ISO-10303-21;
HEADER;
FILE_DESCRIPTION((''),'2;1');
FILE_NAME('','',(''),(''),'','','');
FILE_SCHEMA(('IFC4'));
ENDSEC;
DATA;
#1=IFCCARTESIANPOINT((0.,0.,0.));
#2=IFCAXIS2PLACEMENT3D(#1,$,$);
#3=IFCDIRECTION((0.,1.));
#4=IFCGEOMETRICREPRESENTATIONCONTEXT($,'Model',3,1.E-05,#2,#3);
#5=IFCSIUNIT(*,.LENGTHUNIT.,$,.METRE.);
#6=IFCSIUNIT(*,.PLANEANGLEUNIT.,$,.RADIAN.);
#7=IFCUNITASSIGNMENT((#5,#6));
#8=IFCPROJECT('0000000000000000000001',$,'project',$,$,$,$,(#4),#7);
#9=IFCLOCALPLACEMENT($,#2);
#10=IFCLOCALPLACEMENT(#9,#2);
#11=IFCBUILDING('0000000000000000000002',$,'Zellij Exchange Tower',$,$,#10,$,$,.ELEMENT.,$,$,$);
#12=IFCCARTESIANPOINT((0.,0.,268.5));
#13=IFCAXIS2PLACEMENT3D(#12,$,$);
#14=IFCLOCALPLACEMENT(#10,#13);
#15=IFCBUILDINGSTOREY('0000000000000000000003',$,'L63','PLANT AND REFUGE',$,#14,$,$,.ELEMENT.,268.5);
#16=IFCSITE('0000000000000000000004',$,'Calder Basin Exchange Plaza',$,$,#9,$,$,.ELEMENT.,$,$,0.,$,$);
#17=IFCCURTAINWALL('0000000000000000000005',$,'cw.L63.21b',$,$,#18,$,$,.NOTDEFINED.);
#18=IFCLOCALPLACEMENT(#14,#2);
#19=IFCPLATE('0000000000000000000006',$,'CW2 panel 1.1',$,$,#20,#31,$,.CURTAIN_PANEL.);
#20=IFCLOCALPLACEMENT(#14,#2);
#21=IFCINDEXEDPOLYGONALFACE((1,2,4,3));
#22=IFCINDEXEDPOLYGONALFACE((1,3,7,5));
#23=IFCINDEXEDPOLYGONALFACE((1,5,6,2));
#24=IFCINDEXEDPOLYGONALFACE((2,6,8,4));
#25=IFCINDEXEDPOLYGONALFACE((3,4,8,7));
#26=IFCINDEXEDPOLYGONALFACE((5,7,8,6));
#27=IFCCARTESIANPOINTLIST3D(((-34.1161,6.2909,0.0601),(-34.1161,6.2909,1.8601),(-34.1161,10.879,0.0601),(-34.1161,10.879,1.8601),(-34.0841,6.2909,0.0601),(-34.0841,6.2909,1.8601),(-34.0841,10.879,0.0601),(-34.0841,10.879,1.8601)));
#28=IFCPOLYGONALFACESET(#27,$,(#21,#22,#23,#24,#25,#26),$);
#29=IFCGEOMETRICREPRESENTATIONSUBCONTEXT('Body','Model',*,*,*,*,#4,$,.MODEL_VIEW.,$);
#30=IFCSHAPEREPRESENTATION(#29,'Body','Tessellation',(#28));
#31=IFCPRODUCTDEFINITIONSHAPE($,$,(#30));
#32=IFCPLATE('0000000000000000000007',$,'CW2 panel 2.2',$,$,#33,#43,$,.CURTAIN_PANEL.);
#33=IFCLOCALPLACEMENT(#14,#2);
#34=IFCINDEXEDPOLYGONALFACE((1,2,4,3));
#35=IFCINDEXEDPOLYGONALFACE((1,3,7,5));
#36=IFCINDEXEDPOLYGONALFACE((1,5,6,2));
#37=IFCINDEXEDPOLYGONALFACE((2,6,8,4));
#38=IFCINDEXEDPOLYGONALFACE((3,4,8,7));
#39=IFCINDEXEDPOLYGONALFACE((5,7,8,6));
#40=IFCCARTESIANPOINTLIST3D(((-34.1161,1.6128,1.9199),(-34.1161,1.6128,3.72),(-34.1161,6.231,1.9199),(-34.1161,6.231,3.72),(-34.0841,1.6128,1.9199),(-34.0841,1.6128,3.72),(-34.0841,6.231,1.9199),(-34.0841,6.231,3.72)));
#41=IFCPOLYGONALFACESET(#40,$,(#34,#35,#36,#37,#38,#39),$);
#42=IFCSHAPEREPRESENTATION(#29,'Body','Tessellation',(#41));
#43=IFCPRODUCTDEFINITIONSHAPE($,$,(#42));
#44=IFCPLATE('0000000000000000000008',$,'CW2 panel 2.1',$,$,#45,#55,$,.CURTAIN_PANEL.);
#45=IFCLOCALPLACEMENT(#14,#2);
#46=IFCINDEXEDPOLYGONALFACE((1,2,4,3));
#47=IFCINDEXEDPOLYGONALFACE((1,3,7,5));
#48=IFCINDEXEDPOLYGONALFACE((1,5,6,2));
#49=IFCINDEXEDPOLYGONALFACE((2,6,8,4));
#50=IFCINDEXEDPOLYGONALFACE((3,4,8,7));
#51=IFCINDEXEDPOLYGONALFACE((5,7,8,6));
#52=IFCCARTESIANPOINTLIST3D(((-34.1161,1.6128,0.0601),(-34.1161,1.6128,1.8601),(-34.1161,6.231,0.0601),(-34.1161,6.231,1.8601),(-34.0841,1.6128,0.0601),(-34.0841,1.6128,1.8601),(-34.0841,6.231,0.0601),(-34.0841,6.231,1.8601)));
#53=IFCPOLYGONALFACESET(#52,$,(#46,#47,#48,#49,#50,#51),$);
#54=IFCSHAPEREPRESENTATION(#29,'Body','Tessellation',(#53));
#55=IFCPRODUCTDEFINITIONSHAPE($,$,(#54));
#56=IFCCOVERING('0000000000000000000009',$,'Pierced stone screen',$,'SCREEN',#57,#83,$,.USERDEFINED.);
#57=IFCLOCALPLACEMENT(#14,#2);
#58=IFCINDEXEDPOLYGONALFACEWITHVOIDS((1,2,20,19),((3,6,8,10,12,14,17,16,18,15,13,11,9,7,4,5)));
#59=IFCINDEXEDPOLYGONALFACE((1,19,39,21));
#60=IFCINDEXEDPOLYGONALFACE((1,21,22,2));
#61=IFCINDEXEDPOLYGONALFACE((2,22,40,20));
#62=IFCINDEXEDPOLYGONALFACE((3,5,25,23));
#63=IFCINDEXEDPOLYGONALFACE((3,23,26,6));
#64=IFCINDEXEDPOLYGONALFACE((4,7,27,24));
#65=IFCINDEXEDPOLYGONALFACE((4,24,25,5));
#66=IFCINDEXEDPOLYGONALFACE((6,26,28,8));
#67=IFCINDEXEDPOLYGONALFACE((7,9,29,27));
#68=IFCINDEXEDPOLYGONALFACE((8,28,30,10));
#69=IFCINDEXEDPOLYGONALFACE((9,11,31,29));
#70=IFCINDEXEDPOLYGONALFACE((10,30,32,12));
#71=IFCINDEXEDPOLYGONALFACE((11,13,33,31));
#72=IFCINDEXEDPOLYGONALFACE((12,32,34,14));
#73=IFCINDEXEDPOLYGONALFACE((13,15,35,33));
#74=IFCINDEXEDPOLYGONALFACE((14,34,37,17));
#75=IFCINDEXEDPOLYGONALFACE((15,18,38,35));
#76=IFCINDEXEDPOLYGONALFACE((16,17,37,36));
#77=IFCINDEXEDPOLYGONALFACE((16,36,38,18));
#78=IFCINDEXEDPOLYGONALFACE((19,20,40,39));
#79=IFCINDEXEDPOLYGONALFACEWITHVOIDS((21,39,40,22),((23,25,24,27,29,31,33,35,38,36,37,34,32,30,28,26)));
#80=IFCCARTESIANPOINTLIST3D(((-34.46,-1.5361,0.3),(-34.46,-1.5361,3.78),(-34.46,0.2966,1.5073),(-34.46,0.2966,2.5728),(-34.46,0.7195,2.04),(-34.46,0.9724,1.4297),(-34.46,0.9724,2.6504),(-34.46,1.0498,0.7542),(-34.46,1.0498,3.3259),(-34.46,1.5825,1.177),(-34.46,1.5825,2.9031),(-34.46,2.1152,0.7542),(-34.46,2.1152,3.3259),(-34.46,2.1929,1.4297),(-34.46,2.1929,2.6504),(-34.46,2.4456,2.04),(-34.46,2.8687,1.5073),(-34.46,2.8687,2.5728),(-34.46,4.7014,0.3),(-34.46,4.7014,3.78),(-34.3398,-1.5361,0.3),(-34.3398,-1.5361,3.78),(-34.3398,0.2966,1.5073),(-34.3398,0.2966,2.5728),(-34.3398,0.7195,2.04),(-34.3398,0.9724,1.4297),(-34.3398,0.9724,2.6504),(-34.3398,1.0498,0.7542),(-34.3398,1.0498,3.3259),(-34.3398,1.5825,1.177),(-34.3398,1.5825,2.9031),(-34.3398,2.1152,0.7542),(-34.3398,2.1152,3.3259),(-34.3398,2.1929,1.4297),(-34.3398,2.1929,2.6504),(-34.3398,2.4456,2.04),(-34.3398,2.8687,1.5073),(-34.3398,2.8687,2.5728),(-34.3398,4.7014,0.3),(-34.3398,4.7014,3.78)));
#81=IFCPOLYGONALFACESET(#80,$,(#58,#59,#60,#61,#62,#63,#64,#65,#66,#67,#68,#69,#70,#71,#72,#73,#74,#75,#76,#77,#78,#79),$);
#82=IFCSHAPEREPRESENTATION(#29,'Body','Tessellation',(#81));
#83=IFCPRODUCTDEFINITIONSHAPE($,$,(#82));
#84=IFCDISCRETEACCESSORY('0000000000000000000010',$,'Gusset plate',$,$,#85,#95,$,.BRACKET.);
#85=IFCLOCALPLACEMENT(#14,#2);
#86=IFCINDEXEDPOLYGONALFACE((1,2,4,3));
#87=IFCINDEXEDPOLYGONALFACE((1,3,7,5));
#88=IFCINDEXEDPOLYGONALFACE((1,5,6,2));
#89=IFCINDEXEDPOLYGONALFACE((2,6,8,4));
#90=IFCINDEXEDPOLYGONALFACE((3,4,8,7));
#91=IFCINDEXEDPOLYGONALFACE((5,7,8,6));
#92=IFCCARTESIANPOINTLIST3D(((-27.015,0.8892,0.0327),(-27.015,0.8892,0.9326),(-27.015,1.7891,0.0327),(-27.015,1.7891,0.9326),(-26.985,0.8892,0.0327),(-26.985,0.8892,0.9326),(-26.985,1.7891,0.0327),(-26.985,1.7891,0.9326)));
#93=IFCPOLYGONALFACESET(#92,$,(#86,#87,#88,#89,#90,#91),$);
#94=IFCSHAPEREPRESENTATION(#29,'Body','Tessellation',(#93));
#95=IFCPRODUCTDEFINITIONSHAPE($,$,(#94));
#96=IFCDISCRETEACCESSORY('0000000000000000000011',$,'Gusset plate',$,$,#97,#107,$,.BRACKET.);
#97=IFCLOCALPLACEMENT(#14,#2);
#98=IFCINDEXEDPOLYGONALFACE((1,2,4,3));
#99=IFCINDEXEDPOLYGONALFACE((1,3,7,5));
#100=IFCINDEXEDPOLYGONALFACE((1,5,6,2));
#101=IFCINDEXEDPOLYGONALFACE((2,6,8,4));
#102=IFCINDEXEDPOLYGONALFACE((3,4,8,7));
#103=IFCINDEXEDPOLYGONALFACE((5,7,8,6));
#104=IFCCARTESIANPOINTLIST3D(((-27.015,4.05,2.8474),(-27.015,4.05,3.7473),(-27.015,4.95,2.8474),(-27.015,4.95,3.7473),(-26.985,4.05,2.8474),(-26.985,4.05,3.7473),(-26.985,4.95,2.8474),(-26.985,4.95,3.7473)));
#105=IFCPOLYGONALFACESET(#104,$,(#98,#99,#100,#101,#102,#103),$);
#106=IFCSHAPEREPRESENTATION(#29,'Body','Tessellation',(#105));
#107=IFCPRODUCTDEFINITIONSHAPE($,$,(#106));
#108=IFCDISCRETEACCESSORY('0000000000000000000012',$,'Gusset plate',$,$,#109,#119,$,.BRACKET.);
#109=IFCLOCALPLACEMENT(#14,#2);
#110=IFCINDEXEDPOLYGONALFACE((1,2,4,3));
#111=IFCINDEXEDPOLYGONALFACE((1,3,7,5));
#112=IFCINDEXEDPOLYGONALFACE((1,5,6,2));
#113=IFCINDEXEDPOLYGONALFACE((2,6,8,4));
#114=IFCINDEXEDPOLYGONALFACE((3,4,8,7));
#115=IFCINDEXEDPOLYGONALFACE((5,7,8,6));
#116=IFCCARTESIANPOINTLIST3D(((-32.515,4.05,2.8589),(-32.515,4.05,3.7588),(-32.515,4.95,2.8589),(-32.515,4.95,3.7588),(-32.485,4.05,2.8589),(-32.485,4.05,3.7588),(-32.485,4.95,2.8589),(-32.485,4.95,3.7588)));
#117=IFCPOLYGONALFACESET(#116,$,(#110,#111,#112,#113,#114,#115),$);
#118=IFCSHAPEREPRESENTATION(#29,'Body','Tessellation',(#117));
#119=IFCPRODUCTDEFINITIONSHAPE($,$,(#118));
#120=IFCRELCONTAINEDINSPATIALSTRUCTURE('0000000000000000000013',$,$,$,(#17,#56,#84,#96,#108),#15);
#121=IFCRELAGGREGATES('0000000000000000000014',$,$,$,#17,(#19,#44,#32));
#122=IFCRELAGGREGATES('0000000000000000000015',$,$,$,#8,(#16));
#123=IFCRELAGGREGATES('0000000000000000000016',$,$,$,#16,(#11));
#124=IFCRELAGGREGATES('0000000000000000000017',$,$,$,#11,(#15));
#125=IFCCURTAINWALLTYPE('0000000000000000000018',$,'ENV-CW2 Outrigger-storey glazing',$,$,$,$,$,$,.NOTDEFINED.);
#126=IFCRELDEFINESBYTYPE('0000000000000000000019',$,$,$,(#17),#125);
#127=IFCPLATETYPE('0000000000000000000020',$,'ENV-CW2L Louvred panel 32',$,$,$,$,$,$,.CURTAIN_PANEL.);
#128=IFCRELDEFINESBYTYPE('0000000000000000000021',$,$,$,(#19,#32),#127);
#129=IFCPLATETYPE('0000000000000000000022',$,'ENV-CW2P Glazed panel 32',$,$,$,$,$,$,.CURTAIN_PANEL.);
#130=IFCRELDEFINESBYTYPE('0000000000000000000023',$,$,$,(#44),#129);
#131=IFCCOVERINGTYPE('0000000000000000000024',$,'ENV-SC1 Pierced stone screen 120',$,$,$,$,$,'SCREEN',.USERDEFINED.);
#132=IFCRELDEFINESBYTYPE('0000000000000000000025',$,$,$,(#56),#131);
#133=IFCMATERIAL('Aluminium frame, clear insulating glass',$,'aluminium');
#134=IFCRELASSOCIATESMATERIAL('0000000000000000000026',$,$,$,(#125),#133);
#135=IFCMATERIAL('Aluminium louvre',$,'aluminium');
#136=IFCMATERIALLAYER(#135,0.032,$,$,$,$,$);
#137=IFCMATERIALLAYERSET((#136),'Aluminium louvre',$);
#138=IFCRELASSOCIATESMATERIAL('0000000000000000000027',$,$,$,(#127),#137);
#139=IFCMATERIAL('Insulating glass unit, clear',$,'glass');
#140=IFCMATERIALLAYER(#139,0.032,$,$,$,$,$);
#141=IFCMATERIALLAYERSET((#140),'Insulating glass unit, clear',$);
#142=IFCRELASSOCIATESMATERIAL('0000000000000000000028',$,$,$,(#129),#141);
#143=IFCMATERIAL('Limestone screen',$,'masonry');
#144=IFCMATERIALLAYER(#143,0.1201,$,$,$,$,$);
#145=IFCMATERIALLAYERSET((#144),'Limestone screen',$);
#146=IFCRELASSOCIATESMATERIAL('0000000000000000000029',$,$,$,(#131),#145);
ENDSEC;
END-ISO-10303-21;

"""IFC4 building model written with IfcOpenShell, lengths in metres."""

from ifc_helpers import new_model, si_unit, direction, frame, origin, origin_2d, place, context, subcontext, project, spatial, polyline, rectangle, outline, extrude, material, layer, layer_set, type_object, element, aggregate, save


model = new_model("IFC4")

# Units and contexts
model_context = context("Model", 3, precision=1e-05, world=origin(), true_north=direction((0.0, 1.0)))
body_context = subcontext(model_context, "Body", "Model", "MODEL_VIEW")
ifc_project = project(units=[si_unit("LENGTHUNIT", "METRE"), si_unit("PLANEANGLEUNIT", "RADIAN")], contexts=[model_context])

# Site, building, storey
site_placement = place(None, origin())
site = spatial("IfcSite", under=ifc_project, at=site_placement, Name="Calder Basin Exchange Plaza", CompositionType="ELEMENT", RefElevation=0.0)
building_placement = place(site_placement, origin())
building = spatial("IfcBuilding", under=site, at=building_placement, Name="Zellij Exchange Tower", CompositionType="ELEMENT")
storey_placement = place(building_placement, frame((0.0, 0.0, 268.5)))
storey = spatial("IfcBuildingStorey", under=building, at=storey_placement, Name="L63", Description="PLANT AND REFUGE", CompositionType="ELEMENT", Elevation=268.5)

# Curtain wall
ifc_material_1 = material(Name="Aluminium frame, clear insulating glass", Category="aluminium")
curtain_wall_type = type_object("IfcCurtainWallType", Name="ENV-CW2 Outrigger-storey glazing", PredefinedType="NOTDEFINED", material=ifc_material_1)
curtain_wall_placement = place(storey_placement, origin())
curtain_wall = element("IfcCurtainWall", 1, at=curtain_wall_placement, inside=storey, type_object=curtain_wall_type, Name="cw.L63.21b", PredefinedType="NOTDEFINED")

# Plates
ifc_material_2 = material(Name="Aluminium louvre", Category="aluminium")
ifc_layer_1 = layer(ifc_material_2, 0.032)
ifc_layer_set_1 = layer_set([ifc_layer_1], Name="Aluminium louvre")
plate_type_1 = type_object("IfcPlateType", Name="ENV-CW2L Louvred panel 32", PredefinedType="CURTAIN_PANEL", material=ifc_layer_set_1)
plate_1_placement = place(storey_placement, frame((-34.1001, 8.585, 0.0601), z_axis=(0.0, 0.0, 1.0), x_axis=(0.0, -1.0, 0.0)))
plate_1 = element("IfcPlate", 2, at=plate_1_placement, type_object=plate_type_1, Name="CW2 panel 1.1", PredefinedType="CURTAIN_PANEL", context=body_context, shape_type="SweptSolid", body=[
    extrude(rectangle(XDim=4.5881, YDim=0.032, at=origin_2d()), origin(), (0.0, 0.0, 1.0), 1.8),
])
plate_2_placement = place(storey_placement, frame((-34.1001, 3.9219, 1.9199), z_axis=(0.0, 0.0, 1.0), x_axis=(0.0, -1.0, 0.0)))
plate_2 = element("IfcPlate", 3, at=plate_2_placement, type_object=plate_type_1, Name="CW2 panel 2.2", PredefinedType="CURTAIN_PANEL", context=body_context, shape_type="SweptSolid", body=[
    extrude(rectangle(XDim=4.6182, YDim=0.032, at=origin_2d()), origin(), (0.0, 0.0, 1.0), 1.8),
])
ifc_material_3 = material(Name="Insulating glass unit, clear", Category="glass")
ifc_layer_2 = layer(ifc_material_3, 0.032)
ifc_layer_set_2 = layer_set([ifc_layer_2], Name="Insulating glass unit, clear")
plate_type_2 = type_object("IfcPlateType", Name="ENV-CW2P Glazed panel 32", PredefinedType="CURTAIN_PANEL", material=ifc_layer_set_2)
plate_3_placement = place(storey_placement, frame((-34.1001, 3.9219, 0.0601), z_axis=(0.0, 0.0, 1.0), x_axis=(0.0, -1.0, 0.0)))
plate_3 = element("IfcPlate", 4, at=plate_3_placement, type_object=plate_type_2, Name="CW2 panel 2.1", PredefinedType="CURTAIN_PANEL", context=body_context, shape_type="SweptSolid", body=[
    extrude(rectangle(XDim=4.6182, YDim=0.032, at=origin_2d()), origin(), (0.0, 0.0, 1.0), 1.8),
])
aggregate(curtain_wall, [plate_1, plate_3, plate_2])

# Covering
ifc_material_4 = material(Name="Limestone screen", Category="masonry")
ifc_layer_3 = layer(ifc_material_4, 0.1201)
ifc_layer_set_3 = layer_set([ifc_layer_3], Name="Limestone screen")
covering_type = type_object("IfcCoveringType", Name="ENV-SC1 Pierced stone screen 120", ElementType="SCREEN", PredefinedType="USERDEFINED", material=ifc_layer_set_3)
covering_placement = place(storey_placement, frame((-34.3999, 4.7014, 0.3), z_axis=(0.0, 0.0, 1.0), x_axis=(0.0, -1.0, 0.0)))
element("IfcCovering", 5, at=covering_placement, inside=storey, type_object=covering_type, Name="Pierced stone screen", ObjectType="SCREEN", PredefinedType="USERDEFINED", context=body_context, shape_type="SweptSolid", body=[
    extrude(outline(polyline([(0.0, 0.0), (6.2375, 0.0), (6.2375, 3.48), (0.0, 3.48), (0.0, 0.0)]), holes=[polyline([(4.4048, 2.2727), (3.729, 2.3503), (3.6516, 3.0259), (3.1189, 2.603), (2.5862, 3.0259), (2.5085, 2.3503), (1.8328, 2.2727), (2.2559, 1.74), (1.8328, 1.2073), (2.5085, 1.1296), (2.5862, 0.4541), (3.1189, 0.877), (3.6516, 0.4541), (3.729, 1.1296), (4.4048, 1.2073), (3.9819, 1.74), (4.4048, 2.2727)])]), frame((0.0, 0.0601, 0.0), z_axis=(0.0, -1.0, 0.0), x_axis=(1.0, 0.0, 0.0)), (0.0, 0.0, 1.0), 0.1201),
])

# Discrete accessories
for number, where, z_axis, x_axis, name in (
    (6, (-27.0, 1.3391, 0.0327), (0.0, 0.0, 1.0), (0.0, 1.0, 0.0), "Gusset plate"),
    (7, (-27.0, 4.5, 2.8474), (0.0, 0.0, 1.0), (0.0, 1.0, 0.0), "Gusset plate"),
    (8, (-32.5, 4.5, 2.8589), (0.0, 0.0, 1.0), (0.0, 1.0, 0.0), "Gusset plate"),
):
    element("IfcDiscreteAccessory", number, at=place(storey_placement, frame(where, z_axis=z_axis, x_axis=x_axis)), inside=storey, Name=name, PredefinedType="BRACKET", context=body_context, shape_type="SweptSolid", body=[
        extrude(rectangle(XDim=0.8999, YDim=0.03, at=origin_2d()), origin(), (0.0, 0.0, 1.0), 0.8999),
    ])

save(model, "model.ifc")
